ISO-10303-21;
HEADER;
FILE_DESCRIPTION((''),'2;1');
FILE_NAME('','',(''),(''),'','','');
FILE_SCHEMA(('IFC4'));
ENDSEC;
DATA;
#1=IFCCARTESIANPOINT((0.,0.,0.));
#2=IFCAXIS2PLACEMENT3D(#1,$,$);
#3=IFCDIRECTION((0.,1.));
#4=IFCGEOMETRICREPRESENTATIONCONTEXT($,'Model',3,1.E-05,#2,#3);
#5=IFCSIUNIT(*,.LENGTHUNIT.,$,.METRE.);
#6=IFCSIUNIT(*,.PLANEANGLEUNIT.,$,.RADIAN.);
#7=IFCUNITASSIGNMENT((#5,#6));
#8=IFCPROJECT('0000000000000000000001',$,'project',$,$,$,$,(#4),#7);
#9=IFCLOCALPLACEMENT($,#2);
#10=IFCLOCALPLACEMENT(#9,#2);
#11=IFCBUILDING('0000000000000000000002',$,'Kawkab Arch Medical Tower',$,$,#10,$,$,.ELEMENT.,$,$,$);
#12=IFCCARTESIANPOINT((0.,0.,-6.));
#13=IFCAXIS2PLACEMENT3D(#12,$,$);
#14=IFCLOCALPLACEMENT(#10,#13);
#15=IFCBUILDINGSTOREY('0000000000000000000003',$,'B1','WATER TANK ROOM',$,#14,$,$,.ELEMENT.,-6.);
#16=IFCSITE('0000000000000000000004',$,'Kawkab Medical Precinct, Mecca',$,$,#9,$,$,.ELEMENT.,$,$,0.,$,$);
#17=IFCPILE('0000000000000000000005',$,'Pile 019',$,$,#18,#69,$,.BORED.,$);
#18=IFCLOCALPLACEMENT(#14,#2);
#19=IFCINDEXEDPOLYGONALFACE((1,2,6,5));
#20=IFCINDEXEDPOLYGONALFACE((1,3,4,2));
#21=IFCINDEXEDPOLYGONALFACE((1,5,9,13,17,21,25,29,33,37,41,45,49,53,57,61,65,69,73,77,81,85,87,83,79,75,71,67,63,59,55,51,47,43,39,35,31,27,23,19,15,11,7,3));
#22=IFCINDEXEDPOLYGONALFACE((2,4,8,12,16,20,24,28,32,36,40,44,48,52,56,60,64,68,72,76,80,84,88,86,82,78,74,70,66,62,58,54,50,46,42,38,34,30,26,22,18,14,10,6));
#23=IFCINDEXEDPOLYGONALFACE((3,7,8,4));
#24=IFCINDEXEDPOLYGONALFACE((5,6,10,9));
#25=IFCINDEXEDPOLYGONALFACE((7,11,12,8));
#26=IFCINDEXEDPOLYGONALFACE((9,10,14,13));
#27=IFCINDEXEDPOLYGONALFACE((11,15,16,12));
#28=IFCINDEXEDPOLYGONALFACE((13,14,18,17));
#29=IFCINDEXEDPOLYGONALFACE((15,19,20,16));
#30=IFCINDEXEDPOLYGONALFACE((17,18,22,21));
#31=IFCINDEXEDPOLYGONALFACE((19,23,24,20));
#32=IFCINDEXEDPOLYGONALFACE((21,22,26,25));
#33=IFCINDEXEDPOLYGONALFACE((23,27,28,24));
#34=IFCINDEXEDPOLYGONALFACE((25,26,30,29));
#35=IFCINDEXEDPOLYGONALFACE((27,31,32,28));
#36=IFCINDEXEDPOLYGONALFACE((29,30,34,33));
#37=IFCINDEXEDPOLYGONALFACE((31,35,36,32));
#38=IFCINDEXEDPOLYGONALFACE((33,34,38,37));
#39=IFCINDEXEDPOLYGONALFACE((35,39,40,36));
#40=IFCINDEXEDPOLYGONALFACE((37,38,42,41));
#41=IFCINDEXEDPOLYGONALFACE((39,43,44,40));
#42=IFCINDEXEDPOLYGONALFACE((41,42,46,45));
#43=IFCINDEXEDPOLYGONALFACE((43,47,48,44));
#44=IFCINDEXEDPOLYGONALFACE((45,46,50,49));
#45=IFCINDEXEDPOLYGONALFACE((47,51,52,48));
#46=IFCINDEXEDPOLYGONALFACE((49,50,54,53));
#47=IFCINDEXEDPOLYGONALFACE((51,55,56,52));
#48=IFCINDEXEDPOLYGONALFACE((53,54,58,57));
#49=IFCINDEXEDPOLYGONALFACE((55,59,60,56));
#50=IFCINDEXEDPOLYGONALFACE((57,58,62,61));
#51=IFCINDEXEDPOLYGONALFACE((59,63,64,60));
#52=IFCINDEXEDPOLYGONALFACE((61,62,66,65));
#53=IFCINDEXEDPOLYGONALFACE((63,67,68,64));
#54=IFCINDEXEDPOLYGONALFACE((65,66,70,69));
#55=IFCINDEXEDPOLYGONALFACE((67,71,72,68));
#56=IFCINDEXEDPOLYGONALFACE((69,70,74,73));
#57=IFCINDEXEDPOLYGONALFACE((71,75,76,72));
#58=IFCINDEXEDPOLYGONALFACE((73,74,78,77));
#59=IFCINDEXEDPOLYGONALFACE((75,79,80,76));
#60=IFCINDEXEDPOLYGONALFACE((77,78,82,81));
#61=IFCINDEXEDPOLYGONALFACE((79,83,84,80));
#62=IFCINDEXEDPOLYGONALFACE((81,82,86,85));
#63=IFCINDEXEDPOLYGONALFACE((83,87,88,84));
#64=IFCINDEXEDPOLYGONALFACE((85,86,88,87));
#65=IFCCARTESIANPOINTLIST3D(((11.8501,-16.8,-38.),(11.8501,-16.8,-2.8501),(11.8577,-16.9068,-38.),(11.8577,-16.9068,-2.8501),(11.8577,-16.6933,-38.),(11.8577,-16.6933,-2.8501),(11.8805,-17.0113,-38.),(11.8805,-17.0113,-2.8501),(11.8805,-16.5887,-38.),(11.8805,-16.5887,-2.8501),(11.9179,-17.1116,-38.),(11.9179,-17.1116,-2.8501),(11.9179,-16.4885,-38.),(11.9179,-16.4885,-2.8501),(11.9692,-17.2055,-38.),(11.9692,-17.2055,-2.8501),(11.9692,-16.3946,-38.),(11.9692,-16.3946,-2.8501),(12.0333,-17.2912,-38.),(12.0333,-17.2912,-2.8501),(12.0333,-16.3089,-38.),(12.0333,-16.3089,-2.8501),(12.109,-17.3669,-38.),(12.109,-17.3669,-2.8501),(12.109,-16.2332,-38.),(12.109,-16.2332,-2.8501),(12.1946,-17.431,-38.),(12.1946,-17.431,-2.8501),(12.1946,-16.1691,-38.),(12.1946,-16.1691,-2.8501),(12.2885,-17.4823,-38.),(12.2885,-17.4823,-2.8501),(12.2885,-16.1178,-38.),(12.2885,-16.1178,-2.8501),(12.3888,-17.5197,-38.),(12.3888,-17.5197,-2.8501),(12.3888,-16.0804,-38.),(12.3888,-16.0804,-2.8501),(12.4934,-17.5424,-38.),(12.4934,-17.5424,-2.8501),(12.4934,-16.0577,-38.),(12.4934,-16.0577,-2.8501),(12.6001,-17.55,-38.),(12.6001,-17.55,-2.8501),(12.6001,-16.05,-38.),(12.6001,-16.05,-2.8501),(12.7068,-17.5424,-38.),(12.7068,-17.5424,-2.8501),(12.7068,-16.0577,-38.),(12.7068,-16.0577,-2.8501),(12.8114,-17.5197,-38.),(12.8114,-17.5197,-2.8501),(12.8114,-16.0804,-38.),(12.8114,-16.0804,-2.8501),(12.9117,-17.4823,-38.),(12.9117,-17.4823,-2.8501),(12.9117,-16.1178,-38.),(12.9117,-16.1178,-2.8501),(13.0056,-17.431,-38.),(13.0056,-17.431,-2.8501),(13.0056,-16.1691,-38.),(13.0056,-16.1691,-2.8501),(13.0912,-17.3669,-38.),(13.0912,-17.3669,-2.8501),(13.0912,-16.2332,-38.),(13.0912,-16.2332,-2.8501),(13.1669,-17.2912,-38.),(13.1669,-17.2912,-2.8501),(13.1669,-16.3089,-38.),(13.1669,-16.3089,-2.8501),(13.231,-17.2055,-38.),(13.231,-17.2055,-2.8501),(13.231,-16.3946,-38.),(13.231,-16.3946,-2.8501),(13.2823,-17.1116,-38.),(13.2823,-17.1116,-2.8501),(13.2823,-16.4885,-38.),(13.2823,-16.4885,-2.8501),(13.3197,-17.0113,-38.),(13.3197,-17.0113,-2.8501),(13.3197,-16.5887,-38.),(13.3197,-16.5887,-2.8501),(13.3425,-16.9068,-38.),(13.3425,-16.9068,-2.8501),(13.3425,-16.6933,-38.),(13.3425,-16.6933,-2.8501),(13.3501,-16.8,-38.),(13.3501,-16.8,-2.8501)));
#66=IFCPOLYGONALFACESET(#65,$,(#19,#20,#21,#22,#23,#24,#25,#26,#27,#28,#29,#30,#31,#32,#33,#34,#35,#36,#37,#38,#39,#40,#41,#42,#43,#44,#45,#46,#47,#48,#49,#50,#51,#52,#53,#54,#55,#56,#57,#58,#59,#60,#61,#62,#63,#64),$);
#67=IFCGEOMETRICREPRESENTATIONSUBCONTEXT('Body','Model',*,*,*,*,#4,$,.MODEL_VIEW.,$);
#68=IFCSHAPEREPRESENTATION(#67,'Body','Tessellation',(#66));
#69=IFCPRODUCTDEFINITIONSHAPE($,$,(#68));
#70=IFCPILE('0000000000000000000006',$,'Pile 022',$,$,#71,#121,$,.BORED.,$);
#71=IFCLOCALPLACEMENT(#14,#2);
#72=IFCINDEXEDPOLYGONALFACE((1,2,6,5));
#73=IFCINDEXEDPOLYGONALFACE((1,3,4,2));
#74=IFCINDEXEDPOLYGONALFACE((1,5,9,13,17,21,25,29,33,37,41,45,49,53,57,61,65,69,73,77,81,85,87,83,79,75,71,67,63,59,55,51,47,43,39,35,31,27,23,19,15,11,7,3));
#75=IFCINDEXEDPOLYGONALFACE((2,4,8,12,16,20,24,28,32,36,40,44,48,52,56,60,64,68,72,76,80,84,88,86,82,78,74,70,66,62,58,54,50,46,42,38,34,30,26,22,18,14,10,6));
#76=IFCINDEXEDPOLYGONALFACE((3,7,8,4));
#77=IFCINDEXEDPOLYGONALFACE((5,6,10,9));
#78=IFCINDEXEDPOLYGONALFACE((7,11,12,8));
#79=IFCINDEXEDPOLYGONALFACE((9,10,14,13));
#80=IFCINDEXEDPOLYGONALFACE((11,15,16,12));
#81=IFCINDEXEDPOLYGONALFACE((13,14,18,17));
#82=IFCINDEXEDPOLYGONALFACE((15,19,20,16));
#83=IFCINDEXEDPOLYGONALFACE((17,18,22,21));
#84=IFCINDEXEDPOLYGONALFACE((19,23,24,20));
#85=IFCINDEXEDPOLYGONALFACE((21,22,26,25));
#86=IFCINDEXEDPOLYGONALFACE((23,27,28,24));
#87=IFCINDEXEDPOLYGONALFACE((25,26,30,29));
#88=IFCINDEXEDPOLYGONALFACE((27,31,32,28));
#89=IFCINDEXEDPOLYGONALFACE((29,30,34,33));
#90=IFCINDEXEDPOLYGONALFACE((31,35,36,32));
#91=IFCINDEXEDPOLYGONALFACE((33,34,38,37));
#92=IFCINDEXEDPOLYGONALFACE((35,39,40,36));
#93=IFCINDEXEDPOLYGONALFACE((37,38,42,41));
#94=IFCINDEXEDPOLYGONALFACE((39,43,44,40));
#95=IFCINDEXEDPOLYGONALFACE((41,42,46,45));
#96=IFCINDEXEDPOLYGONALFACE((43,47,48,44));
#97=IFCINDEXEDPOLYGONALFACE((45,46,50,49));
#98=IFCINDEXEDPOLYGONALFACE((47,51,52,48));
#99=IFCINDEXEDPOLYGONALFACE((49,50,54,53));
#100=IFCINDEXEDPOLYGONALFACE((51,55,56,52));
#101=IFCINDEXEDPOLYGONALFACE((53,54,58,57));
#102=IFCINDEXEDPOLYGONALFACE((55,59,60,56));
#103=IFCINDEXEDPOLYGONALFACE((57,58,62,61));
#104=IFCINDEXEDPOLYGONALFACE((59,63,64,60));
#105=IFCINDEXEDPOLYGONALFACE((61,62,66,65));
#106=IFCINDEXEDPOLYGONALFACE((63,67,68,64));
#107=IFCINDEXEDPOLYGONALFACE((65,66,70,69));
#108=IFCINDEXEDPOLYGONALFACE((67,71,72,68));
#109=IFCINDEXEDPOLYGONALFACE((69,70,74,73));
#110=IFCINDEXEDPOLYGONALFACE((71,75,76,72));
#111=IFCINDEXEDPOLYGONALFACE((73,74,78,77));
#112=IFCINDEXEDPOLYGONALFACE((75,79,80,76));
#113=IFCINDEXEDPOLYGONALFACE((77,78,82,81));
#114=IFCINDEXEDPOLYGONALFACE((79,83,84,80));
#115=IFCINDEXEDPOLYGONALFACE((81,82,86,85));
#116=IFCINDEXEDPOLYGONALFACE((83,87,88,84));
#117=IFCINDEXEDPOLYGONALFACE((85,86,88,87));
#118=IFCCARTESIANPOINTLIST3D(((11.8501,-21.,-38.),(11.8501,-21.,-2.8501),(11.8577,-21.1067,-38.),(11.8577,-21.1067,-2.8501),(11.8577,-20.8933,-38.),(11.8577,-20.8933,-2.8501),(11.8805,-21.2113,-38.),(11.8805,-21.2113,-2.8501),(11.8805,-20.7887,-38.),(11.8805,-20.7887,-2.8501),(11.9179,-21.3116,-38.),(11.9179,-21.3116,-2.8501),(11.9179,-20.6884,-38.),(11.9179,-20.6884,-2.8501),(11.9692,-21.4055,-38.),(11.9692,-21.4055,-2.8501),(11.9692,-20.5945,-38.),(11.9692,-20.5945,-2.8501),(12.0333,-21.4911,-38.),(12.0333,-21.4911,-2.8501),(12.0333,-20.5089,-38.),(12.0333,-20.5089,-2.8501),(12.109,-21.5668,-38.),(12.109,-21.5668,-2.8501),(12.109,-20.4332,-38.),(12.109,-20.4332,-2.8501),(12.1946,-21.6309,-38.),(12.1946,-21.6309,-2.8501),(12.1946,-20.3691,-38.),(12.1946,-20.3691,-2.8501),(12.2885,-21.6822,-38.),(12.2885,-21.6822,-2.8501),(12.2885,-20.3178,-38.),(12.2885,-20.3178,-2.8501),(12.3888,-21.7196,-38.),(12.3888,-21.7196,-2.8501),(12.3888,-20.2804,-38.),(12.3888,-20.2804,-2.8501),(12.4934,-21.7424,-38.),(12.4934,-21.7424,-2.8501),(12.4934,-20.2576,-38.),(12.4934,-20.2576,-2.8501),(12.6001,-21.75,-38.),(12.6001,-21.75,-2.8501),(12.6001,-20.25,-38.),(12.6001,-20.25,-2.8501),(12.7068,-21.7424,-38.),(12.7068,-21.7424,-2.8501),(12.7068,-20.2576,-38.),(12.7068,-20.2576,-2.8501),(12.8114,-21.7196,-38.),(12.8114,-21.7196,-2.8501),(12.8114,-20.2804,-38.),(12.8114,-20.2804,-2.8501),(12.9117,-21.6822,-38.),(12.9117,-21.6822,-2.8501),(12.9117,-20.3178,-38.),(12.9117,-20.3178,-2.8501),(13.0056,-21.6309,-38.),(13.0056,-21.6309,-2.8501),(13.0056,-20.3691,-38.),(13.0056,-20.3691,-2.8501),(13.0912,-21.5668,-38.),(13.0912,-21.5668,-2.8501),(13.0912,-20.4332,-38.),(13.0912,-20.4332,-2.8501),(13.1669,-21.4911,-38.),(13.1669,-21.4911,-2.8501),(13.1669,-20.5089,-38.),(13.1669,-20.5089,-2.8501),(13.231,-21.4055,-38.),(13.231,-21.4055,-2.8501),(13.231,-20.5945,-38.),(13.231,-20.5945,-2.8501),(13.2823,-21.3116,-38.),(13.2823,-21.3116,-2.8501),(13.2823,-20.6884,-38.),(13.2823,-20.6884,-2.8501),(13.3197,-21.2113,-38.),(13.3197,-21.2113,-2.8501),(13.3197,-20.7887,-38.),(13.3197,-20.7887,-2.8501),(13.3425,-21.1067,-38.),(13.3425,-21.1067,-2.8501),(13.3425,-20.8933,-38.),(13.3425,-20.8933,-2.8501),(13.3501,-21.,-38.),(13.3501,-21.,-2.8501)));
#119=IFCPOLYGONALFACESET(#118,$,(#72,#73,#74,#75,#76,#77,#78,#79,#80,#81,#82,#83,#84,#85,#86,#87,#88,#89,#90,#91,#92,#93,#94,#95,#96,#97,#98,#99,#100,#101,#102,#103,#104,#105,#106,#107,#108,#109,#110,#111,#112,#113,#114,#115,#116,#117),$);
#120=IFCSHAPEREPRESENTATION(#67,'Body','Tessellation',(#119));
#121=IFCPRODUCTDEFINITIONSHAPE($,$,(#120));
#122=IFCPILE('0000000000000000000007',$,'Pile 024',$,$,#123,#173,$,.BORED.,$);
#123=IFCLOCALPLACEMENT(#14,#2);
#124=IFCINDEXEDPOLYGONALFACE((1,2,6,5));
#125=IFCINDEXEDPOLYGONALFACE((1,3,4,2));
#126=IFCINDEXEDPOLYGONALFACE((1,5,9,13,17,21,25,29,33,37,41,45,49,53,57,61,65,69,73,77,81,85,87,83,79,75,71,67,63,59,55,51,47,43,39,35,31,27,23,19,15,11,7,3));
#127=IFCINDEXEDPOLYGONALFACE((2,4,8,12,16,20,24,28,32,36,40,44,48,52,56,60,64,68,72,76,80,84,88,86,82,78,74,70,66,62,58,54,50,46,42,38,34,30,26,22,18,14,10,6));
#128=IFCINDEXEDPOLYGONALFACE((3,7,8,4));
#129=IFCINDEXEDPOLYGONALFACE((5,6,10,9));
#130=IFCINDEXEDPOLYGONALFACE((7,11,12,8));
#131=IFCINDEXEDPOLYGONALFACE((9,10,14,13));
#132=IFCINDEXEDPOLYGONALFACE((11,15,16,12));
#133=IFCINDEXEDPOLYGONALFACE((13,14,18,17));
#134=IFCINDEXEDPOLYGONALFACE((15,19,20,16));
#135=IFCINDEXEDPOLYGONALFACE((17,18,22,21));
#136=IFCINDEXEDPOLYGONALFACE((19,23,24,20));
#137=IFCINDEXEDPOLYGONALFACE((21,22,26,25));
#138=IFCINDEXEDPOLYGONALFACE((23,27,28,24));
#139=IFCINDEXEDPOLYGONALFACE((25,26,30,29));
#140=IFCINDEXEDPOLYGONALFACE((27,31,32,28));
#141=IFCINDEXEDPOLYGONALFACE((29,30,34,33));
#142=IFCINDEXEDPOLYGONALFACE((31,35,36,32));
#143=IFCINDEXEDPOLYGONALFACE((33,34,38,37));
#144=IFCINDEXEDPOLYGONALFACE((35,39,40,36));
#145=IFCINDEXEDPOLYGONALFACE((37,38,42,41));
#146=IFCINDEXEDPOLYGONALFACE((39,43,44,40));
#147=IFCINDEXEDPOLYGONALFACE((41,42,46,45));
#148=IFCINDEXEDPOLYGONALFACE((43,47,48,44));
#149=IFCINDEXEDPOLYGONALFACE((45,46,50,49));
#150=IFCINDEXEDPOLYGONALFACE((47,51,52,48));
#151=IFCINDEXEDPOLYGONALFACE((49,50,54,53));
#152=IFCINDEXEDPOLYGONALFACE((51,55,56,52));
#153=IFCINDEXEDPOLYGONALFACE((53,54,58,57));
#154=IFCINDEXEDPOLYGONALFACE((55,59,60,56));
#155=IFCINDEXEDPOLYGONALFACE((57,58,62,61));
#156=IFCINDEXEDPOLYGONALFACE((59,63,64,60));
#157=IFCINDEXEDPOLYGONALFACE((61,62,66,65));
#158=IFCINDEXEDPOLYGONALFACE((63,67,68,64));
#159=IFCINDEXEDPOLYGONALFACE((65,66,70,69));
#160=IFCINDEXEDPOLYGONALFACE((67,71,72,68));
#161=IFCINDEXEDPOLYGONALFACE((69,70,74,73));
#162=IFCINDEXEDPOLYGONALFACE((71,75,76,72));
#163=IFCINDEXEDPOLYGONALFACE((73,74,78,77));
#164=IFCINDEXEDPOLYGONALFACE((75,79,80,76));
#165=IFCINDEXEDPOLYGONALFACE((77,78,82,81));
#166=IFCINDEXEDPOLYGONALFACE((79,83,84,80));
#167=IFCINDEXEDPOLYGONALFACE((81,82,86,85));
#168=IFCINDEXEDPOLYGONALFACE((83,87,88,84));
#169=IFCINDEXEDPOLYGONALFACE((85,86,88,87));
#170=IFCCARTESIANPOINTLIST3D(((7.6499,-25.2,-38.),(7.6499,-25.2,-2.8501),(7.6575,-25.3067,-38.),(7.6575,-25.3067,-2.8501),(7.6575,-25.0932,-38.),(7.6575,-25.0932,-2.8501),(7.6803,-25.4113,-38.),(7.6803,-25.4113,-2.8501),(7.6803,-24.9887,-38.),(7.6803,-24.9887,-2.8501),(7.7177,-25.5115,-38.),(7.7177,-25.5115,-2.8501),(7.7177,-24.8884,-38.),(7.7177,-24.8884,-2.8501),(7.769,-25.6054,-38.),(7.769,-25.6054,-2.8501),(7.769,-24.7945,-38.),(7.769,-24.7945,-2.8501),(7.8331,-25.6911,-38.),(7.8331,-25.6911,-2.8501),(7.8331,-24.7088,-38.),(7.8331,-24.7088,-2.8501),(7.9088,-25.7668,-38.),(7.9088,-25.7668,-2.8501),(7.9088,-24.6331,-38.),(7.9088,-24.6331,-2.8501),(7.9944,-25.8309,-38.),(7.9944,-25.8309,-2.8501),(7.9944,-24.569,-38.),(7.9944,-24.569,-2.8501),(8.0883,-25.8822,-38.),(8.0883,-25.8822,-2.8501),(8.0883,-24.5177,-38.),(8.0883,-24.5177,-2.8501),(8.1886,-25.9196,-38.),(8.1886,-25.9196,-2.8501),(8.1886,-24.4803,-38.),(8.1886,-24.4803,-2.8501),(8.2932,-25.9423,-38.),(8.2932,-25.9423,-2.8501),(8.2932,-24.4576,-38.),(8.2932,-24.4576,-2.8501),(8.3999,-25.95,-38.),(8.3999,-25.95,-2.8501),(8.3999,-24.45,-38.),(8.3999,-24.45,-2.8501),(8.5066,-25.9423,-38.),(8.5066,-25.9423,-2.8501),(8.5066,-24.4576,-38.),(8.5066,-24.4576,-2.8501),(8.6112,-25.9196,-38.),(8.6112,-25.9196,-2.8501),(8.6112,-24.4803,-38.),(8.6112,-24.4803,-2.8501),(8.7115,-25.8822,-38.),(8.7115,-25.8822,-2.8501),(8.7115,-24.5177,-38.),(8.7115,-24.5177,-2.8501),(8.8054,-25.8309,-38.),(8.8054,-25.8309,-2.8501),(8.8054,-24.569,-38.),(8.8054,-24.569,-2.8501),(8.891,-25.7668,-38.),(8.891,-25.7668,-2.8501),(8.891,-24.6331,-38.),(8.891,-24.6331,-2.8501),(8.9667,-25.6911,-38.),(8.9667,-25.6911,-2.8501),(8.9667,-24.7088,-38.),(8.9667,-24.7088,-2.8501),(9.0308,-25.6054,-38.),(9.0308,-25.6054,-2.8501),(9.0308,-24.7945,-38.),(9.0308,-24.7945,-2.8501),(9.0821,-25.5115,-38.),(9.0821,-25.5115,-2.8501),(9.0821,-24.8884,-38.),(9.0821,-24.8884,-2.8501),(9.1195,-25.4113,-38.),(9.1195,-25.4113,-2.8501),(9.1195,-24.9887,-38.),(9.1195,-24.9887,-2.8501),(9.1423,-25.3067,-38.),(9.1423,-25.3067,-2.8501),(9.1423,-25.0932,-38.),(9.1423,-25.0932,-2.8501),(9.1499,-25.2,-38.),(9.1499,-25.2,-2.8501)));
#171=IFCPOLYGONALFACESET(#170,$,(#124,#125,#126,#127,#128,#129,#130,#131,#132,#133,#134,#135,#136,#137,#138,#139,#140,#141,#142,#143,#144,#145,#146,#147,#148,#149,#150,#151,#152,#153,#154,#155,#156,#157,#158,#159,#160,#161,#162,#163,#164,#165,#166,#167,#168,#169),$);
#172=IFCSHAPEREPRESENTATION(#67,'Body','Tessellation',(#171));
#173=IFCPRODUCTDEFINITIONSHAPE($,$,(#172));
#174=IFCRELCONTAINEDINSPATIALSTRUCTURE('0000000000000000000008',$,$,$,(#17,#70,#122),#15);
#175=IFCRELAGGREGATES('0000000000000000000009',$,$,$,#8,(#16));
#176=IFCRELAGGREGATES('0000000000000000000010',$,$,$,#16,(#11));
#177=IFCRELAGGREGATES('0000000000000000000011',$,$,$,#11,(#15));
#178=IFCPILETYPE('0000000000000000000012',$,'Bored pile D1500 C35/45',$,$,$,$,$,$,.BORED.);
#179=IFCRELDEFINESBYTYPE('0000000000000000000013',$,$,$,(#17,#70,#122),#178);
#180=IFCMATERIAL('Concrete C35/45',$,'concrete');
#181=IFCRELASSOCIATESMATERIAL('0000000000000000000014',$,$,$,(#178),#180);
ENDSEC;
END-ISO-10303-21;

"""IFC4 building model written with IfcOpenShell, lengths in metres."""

from ifc_helpers import new_model, si_unit, direction, frame, origin, origin_2d, place, context, subcontext, project, spatial, circle, extrude, material, material_profile, profile_set, type_object, element, save


model = new_model("IFC4")

# Units and contexts
model_context = context("Model", 3, precision=1e-05, world=origin(), true_north=direction((0.0, 1.0)))
body_context = subcontext(model_context, "Body", "Model", "MODEL_VIEW")
ifc_project = project(units=[si_unit("LENGTHUNIT", "METRE"), si_unit("PLANEANGLEUNIT", "RADIAN")], contexts=[model_context])

# Site, building, storey
site_placement = place(None, origin())
site = spatial("IfcSite", under=ifc_project, at=site_placement, Name="Kawkab Medical Precinct, Mecca", CompositionType="ELEMENT", RefElevation=0.0)
building_placement = place(site_placement, origin())
building = spatial("IfcBuilding", under=site, at=building_placement, Name="Kawkab Arch Medical Tower", CompositionType="ELEMENT")
storey_placement = place(building_placement, frame((0.0, 0.0, -6.0)))
storey = spatial("IfcBuildingStorey", under=building, at=storey_placement, Name="B1", Description="WATER TANK ROOM", CompositionType="ELEMENT", Elevation=-6.0)

# Piles
ifc_material_1 = material(Name="Concrete C35/45", Category="concrete")
ifc_material_profile = material_profile(ifc_material_1, circle(Radius=0.75, at=origin_2d()), Name="Bored pile D1500")
ifc_profile_set = profile_set([ifc_material_profile], Name="Concrete C35/45")
pile_type = type_object("IfcPileType", Name="Bored pile D1500 C35/45", PredefinedType="BORED", material=ifc_profile_set)
for number, where, z_axis, x_axis, name in (
    (1, (12.6001, -16.8, -2.8501), (0.0, 0.0, -1.0), (1.0, 0.0, 0.0), "Pile 019"),
    (2, (12.6001, -21.0, -2.8501), (0.0, 0.0, -1.0), (1.0, 0.0, 0.0), "Pile 022"),
    (3, (8.3999, -25.2, -2.8501), (0.0, 0.0, -1.0), (1.0, 0.0, 0.0), "Pile 024"),
):
    element("IfcPile", number, at=place(storey_placement, frame(where, z_axis=z_axis, x_axis=x_axis)), inside=storey, type_object=pile_type, Name=name, PredefinedType="BORED", context=body_context, shape_type="SweptSolid", body=[
        extrude(circle(Radius=0.75, at=origin_2d()), origin(), (0.0, 0.0, 1.0), 35.1499),
    ])

save(model, "model.ifc")
